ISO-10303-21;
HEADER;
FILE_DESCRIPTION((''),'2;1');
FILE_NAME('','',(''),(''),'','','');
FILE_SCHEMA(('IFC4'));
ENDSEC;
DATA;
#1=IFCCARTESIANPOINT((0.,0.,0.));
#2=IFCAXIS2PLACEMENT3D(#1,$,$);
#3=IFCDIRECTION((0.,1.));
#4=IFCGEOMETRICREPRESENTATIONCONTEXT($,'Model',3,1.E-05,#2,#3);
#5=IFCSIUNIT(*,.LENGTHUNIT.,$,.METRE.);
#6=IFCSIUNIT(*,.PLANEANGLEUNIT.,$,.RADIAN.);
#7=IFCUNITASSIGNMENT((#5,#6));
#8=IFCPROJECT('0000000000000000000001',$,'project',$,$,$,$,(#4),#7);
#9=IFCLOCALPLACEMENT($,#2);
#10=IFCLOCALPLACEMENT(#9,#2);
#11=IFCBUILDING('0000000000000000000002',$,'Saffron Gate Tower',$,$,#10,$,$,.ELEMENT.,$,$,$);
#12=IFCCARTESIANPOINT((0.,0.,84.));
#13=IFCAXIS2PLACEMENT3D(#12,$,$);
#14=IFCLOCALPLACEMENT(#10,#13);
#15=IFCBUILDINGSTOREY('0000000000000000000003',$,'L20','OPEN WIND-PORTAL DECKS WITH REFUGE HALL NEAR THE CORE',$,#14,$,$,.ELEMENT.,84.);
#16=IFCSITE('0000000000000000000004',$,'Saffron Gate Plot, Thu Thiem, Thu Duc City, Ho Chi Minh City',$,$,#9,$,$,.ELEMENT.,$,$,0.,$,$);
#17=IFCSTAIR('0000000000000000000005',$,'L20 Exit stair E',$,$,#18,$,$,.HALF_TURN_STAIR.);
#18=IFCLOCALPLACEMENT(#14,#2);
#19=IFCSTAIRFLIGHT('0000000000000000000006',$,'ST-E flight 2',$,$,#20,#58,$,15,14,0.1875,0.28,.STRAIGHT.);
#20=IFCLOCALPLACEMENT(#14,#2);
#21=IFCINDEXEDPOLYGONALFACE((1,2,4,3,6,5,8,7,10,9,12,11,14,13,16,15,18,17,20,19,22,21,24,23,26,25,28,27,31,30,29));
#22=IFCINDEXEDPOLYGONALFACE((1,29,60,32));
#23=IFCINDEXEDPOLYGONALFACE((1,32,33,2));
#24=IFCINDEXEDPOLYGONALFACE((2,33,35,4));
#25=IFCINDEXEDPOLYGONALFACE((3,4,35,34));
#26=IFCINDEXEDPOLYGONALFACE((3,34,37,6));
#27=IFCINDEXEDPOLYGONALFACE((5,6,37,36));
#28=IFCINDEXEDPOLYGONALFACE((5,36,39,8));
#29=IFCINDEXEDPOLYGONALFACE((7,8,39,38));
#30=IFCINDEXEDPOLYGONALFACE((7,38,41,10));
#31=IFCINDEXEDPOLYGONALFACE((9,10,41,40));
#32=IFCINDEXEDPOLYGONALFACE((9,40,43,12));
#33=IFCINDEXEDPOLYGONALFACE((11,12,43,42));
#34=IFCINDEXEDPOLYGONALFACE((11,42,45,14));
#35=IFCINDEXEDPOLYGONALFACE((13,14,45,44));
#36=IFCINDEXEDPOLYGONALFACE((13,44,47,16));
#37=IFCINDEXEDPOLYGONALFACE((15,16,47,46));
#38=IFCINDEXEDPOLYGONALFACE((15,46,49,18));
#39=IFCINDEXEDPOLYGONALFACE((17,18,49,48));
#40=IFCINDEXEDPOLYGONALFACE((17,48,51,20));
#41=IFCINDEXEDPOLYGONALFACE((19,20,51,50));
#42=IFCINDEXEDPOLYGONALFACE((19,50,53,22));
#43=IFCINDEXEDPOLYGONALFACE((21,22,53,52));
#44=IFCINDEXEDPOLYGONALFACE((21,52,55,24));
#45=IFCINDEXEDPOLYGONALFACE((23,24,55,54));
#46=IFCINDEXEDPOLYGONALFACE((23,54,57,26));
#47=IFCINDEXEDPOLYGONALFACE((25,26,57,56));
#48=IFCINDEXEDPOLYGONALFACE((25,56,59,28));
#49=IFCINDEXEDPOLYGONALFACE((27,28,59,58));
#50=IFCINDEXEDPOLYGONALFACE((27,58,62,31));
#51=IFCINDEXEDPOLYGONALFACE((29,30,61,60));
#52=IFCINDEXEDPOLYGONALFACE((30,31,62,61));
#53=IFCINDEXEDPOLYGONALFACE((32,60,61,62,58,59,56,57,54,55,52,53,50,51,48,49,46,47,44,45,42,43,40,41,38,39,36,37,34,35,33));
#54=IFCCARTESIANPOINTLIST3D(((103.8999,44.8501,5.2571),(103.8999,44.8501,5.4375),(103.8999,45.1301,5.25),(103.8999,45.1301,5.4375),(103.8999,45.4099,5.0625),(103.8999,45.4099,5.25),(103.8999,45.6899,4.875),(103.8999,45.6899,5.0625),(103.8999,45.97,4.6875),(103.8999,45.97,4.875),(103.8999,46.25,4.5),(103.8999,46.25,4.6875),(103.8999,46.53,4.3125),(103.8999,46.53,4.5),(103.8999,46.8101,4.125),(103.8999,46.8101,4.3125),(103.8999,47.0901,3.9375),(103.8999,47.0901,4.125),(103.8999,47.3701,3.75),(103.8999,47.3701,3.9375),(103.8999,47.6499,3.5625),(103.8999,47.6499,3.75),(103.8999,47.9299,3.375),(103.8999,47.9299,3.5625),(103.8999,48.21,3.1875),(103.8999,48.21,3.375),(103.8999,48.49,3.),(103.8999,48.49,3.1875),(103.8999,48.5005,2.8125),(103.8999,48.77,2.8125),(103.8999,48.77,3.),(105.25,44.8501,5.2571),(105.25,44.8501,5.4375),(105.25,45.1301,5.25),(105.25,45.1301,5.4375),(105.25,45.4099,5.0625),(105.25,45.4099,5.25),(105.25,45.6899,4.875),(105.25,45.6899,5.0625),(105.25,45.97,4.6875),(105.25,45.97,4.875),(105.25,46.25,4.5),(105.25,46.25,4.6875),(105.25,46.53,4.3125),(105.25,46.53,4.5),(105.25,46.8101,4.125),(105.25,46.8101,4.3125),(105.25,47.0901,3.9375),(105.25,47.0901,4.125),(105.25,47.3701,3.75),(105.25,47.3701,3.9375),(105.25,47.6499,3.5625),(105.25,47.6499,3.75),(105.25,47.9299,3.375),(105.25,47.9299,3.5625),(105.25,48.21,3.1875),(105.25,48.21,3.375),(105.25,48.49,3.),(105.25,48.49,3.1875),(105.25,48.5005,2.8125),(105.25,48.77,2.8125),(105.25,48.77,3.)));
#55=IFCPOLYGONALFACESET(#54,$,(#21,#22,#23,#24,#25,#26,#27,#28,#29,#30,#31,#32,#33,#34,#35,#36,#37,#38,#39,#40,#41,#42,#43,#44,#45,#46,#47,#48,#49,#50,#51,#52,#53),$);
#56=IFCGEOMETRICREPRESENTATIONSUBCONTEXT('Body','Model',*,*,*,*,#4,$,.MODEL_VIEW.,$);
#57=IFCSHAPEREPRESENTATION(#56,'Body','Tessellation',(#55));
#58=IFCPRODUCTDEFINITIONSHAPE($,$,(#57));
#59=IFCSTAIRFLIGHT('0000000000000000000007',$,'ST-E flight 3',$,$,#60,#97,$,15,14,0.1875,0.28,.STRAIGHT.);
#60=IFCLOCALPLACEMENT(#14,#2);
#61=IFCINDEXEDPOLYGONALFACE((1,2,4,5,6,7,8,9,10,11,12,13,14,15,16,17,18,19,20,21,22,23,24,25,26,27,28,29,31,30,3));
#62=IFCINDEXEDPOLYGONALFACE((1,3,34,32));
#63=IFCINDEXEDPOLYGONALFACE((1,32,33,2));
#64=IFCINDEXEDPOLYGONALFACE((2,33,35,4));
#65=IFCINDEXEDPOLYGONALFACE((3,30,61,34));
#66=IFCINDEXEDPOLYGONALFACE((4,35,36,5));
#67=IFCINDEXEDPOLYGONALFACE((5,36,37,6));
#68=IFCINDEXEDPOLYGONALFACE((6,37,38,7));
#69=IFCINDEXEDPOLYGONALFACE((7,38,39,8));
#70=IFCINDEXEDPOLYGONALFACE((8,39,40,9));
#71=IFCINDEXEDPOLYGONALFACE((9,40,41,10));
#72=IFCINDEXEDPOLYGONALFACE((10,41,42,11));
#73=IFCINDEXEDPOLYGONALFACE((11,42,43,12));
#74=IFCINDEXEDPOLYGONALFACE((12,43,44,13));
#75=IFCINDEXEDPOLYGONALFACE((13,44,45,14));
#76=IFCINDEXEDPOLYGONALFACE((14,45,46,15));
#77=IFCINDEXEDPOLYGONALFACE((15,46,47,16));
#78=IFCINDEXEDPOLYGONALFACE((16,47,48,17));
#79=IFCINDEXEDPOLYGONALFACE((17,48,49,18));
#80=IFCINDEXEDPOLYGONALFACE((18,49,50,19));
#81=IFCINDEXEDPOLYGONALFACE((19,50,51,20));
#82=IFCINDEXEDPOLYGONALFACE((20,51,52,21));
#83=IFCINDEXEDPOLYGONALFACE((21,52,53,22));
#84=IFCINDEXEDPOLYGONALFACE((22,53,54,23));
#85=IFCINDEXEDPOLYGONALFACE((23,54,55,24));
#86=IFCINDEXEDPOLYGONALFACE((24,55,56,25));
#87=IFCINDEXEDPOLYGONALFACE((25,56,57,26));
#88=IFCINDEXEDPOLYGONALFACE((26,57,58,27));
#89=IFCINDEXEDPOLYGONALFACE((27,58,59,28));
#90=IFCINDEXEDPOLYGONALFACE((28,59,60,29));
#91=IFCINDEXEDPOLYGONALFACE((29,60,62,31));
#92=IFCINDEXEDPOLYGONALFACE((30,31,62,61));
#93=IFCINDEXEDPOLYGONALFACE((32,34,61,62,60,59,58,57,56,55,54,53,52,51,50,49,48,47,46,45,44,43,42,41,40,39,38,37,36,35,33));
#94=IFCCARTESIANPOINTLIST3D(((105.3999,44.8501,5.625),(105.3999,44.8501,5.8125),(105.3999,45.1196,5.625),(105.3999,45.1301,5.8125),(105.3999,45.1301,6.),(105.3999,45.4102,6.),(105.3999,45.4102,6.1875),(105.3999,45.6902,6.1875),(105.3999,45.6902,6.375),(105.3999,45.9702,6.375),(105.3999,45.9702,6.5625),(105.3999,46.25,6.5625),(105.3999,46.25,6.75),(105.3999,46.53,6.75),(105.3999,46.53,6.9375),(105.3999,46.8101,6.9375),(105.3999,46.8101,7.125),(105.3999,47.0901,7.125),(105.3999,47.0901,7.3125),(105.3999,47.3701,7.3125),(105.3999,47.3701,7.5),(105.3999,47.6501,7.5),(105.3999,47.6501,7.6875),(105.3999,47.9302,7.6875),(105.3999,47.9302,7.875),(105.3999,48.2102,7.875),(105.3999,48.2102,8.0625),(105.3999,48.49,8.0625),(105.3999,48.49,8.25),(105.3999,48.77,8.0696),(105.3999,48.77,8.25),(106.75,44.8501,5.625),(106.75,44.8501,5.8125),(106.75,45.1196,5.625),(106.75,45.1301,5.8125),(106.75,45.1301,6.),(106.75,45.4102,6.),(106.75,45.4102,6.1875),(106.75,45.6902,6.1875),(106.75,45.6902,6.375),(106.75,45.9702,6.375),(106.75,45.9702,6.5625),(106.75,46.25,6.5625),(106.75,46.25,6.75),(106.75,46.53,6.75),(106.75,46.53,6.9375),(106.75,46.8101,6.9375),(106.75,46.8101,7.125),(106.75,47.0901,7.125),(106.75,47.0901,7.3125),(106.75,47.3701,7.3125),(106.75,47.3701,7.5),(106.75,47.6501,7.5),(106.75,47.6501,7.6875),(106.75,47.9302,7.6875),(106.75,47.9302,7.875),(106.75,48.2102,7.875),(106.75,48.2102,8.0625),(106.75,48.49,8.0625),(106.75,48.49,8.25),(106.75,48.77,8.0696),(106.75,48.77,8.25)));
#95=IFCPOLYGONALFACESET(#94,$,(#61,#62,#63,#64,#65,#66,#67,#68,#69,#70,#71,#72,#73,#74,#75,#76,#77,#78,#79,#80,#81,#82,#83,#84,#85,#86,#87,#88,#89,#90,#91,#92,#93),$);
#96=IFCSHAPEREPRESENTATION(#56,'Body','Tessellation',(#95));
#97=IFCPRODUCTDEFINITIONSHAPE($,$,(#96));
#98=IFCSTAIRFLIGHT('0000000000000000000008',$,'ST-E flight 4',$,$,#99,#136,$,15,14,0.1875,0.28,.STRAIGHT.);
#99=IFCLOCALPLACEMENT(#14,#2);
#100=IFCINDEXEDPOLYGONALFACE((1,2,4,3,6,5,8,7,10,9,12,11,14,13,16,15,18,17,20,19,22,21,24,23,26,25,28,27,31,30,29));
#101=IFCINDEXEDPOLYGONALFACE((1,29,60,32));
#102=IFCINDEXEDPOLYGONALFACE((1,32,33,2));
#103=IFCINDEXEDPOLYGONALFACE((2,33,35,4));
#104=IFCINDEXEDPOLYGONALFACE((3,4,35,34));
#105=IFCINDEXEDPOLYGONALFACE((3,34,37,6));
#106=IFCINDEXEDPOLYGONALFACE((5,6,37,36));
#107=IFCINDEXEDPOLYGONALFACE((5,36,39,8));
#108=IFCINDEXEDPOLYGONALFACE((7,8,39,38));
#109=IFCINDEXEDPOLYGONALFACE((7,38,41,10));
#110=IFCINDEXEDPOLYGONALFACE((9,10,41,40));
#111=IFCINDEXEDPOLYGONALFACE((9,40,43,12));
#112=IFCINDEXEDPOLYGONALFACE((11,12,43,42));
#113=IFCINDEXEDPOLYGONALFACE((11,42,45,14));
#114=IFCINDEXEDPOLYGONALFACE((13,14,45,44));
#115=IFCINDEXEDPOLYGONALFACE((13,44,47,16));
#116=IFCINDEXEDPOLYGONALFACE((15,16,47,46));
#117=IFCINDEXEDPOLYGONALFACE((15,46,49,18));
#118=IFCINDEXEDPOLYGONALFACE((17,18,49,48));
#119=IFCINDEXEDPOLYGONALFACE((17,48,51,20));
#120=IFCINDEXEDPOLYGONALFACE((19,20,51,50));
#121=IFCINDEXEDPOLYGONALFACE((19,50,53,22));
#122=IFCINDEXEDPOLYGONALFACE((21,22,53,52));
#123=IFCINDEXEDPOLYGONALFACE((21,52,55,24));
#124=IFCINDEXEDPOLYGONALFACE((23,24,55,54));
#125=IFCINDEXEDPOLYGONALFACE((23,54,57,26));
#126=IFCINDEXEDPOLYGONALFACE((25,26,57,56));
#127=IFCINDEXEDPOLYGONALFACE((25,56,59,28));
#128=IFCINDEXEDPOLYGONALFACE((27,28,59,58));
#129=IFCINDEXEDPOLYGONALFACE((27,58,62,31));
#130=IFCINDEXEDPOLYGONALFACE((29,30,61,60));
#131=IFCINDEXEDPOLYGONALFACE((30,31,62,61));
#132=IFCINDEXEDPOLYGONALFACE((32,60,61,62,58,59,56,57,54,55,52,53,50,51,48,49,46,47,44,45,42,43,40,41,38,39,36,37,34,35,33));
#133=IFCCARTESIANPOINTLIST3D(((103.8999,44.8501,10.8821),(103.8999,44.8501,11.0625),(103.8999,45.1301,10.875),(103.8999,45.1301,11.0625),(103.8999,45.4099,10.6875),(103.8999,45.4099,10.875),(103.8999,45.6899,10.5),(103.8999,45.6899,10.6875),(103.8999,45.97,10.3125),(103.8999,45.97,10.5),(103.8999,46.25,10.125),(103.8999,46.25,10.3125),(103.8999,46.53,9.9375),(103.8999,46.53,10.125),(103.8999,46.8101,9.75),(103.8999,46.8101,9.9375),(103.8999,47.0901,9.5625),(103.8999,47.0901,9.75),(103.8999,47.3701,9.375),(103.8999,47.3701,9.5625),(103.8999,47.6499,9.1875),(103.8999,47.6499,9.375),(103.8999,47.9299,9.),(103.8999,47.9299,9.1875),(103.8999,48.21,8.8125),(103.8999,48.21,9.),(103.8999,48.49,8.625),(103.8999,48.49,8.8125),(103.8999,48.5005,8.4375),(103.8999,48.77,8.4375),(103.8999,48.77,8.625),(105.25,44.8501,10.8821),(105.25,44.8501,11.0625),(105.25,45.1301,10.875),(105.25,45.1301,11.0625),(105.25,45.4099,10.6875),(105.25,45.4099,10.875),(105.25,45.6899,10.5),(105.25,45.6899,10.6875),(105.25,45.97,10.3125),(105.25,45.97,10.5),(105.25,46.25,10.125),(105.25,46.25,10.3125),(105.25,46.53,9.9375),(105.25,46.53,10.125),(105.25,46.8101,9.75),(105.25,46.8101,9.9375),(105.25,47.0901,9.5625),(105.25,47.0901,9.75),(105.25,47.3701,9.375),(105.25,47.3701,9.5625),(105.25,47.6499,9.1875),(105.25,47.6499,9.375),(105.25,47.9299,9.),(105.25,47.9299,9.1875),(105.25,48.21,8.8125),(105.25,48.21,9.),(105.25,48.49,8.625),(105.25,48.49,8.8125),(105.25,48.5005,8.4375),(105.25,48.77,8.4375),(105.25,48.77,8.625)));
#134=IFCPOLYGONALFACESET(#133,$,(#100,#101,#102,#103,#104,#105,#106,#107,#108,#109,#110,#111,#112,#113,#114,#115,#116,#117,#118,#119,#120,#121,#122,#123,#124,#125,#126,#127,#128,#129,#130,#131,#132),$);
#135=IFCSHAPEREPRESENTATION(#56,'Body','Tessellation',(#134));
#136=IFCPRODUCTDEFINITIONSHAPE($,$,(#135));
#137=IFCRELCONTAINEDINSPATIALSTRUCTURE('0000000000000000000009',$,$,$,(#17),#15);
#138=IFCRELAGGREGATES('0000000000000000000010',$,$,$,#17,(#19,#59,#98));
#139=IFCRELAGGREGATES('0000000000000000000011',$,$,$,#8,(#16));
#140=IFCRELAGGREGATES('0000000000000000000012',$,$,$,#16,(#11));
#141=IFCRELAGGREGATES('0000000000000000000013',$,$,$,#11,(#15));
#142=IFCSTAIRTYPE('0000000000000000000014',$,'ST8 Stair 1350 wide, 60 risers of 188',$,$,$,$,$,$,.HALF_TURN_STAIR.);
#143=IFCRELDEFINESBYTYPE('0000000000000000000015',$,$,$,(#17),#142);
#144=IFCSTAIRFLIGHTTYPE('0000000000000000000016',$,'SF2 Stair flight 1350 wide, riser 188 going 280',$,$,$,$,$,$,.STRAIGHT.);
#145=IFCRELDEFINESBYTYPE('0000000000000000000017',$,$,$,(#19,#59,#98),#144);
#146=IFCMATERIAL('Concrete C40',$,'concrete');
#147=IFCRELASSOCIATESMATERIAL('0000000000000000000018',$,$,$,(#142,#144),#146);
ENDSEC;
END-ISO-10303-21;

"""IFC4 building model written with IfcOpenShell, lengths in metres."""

from ifc_helpers import new_model, si_unit, direction, frame, origin, place, context, subcontext, project, spatial, polyline, outline, extrude, material, type_object, element, aggregate, save


model = new_model("IFC4")

# Units and contexts
model_context = context("Model", 3, precision=1e-05, world=origin(), true_north=direction((0.0, 1.0)))
body_context = subcontext(model_context, "Body", "Model", "MODEL_VIEW")
ifc_project = project(units=[si_unit("LENGTHUNIT", "METRE"), si_unit("PLANEANGLEUNIT", "RADIAN")], contexts=[model_context])

# Site, building, storey
site_placement = place(None, origin())
site = spatial("IfcSite", under=ifc_project, at=site_placement, Name="Saffron Gate Plot, Thu Thiem, Thu Duc City, Ho Chi Minh City", CompositionType="ELEMENT", RefElevation=0.0)
building_placement = place(site_placement, origin())
building = spatial("IfcBuilding", under=site, at=building_placement, Name="Saffron Gate Tower", CompositionType="ELEMENT")
storey_placement = place(building_placement, frame((0.0, 0.0, 84.0)))
storey = spatial("IfcBuildingStorey", under=building, at=storey_placement, Name="L20", Description="OPEN WIND-PORTAL DECKS WITH REFUGE HALL NEAR THE CORE", CompositionType="ELEMENT", Elevation=84.0)

# Stair, stair flights
ifc_material_1 = material(Name="Concrete C40", Category="concrete")
stair_type = type_object("IfcStairType", Name="ST8 Stair 1350 wide, 60 risers of 188", PredefinedType="HALF_TURN_STAIR", material=ifc_material_1)
stair_placement = place(storey_placement, origin())
stair = element("IfcStair", 1, at=stair_placement, inside=storey, type_object=stair_type, Name="L20 Exit stair E", PredefinedType="HALF_TURN_STAIR")
stair_flight_type = type_object("IfcStairFlightType", Name="SF2 Stair flight 1350 wide, riser 188 going 280", PredefinedType="STRAIGHT", material=ifc_material_1)
stair_flight_1_placement = place(storey_placement, frame((104.575, 48.77, 2.8125), z_axis=(0.0, 0.0, 1.0), x_axis=(0.0, -1.0, 0.0)))
stair_flight_1 = element("IfcStairFlight", 2, at=stair_flight_1_placement, type_object=stair_flight_type, Name="ST-E flight 2", NumberOfRisers=15, NumberOfTreads=14, PredefinedType="STRAIGHT", RiserHeight=0.1875, TreadLength=0.28, context=body_context, shape_type="SweptSolid", body=[
    extrude(outline(polyline([(0.0, 0.0), (0.0, 0.1875), (0.28, 0.1875), (0.28, 0.375), (0.5601, 0.375), (0.5601, 0.5625), (0.8401, 0.5625), (0.8401, 0.75), (1.1201, 0.75), (1.1201, 0.9375), (1.3999, 0.9375), (1.3999, 1.125), (1.6799, 1.125), (1.6799, 1.3125), (1.96, 1.3125), (1.96, 1.5), (2.24, 1.5), (2.24, 1.6875), (2.52, 1.6875), (2.52, 1.875), (2.8, 1.875), (2.8, 2.0625), (3.0801, 2.0625), (3.0801, 2.25), (3.3601, 2.25), (3.3601, 2.4375), (3.6399, 2.4375), (3.6399, 2.625), (3.9199, 2.625), (3.9199, 2.8125), (3.9199, 2.4446), (0.2695, 0.0), (0.0, 0.0)])), frame((0.0, 0.675, 0.0), z_axis=(0.0, -1.0, 0.0), x_axis=(1.0, 0.0, 0.0)), (0.0, 0.0, 1.0), 1.3501),
])
stair_flight_2_placement = place(storey_placement, frame((106.075, 44.8501, 5.625), z_axis=(0.0, 0.0, 1.0), x_axis=(0.0, 1.0, 0.0)))
stair_flight_2 = element("IfcStairFlight", 3, at=stair_flight_2_placement, type_object=stair_flight_type, Name="ST-E flight 3", NumberOfRisers=15, NumberOfTreads=14, PredefinedType="STRAIGHT", RiserHeight=0.1875, TreadLength=0.28, context=body_context, shape_type="SweptSolid", body=[
    extrude(outline(polyline([(0.0, 0.0), (0.0, 0.1875), (0.28, 0.1875), (0.28, 0.375), (0.5601, 0.375), (0.5601, 0.5625), (0.8401, 0.5625), (0.8401, 0.75), (1.1201, 0.75), (1.1201, 0.9375), (1.3999, 0.9375), (1.3999, 1.125), (1.6799, 1.125), (1.6799, 1.3125), (1.96, 1.3125), (1.96, 1.5), (2.24, 1.5), (2.24, 1.6875), (2.52, 1.6875), (2.52, 1.875), (2.8, 1.875), (2.8, 2.0625), (3.0801, 2.0625), (3.0801, 2.25), (3.3601, 2.25), (3.3601, 2.4375), (3.6399, 2.4375), (3.6399, 2.625), (3.9199, 2.625), (3.9199, 2.8125), (3.9199, 2.4446), (0.2695, 0.0), (0.0, 0.0)])), frame((0.0, 0.675, 0.0), z_axis=(0.0, -1.0, 0.0), x_axis=(1.0, 0.0, 0.0)), (0.0, 0.0, 1.0), 1.3501),
])
stair_flight_3_placement = place(storey_placement, frame((104.575, 48.77, 8.4375), z_axis=(0.0, 0.0, 1.0), x_axis=(0.0, -1.0, 0.0)))
stair_flight_3 = element("IfcStairFlight", 4, at=stair_flight_3_placement, type_object=stair_flight_type, Name="ST-E flight 4", NumberOfRisers=15, NumberOfTreads=14, PredefinedType="STRAIGHT", RiserHeight=0.1875, TreadLength=0.28, context=body_context, shape_type="SweptSolid", body=[
    extrude(outline(polyline([(0.0, 0.0), (0.0, 0.1875), (0.28, 0.1875), (0.28, 0.375), (0.5601, 0.375), (0.5601, 0.5625), (0.8401, 0.5625), (0.8401, 0.75), (1.1201, 0.75), (1.1201, 0.9375), (1.3999, 0.9375), (1.3999, 1.125), (1.6799, 1.125), (1.6799, 1.3125), (1.96, 1.3125), (1.96, 1.5), (2.24, 1.5), (2.24, 1.6875), (2.52, 1.6875), (2.52, 1.875), (2.8, 1.875), (2.8, 2.0625), (3.0801, 2.0625), (3.0801, 2.25), (3.3601, 2.25), (3.3601, 2.4375), (3.6399, 2.4375), (3.6399, 2.625), (3.9199, 2.625), (3.9199, 2.8125), (3.9199, 2.4446), (0.2695, 0.0), (0.0, 0.0)])), frame((0.0, 0.675, 0.0), z_axis=(0.0, -1.0, 0.0), x_axis=(1.0, 0.0, 0.0)), (0.0, 0.0, 1.0), 1.3501),
])
aggregate(stair, [stair_flight_1, stair_flight_2, stair_flight_3])

save(model, "model.ifc")
